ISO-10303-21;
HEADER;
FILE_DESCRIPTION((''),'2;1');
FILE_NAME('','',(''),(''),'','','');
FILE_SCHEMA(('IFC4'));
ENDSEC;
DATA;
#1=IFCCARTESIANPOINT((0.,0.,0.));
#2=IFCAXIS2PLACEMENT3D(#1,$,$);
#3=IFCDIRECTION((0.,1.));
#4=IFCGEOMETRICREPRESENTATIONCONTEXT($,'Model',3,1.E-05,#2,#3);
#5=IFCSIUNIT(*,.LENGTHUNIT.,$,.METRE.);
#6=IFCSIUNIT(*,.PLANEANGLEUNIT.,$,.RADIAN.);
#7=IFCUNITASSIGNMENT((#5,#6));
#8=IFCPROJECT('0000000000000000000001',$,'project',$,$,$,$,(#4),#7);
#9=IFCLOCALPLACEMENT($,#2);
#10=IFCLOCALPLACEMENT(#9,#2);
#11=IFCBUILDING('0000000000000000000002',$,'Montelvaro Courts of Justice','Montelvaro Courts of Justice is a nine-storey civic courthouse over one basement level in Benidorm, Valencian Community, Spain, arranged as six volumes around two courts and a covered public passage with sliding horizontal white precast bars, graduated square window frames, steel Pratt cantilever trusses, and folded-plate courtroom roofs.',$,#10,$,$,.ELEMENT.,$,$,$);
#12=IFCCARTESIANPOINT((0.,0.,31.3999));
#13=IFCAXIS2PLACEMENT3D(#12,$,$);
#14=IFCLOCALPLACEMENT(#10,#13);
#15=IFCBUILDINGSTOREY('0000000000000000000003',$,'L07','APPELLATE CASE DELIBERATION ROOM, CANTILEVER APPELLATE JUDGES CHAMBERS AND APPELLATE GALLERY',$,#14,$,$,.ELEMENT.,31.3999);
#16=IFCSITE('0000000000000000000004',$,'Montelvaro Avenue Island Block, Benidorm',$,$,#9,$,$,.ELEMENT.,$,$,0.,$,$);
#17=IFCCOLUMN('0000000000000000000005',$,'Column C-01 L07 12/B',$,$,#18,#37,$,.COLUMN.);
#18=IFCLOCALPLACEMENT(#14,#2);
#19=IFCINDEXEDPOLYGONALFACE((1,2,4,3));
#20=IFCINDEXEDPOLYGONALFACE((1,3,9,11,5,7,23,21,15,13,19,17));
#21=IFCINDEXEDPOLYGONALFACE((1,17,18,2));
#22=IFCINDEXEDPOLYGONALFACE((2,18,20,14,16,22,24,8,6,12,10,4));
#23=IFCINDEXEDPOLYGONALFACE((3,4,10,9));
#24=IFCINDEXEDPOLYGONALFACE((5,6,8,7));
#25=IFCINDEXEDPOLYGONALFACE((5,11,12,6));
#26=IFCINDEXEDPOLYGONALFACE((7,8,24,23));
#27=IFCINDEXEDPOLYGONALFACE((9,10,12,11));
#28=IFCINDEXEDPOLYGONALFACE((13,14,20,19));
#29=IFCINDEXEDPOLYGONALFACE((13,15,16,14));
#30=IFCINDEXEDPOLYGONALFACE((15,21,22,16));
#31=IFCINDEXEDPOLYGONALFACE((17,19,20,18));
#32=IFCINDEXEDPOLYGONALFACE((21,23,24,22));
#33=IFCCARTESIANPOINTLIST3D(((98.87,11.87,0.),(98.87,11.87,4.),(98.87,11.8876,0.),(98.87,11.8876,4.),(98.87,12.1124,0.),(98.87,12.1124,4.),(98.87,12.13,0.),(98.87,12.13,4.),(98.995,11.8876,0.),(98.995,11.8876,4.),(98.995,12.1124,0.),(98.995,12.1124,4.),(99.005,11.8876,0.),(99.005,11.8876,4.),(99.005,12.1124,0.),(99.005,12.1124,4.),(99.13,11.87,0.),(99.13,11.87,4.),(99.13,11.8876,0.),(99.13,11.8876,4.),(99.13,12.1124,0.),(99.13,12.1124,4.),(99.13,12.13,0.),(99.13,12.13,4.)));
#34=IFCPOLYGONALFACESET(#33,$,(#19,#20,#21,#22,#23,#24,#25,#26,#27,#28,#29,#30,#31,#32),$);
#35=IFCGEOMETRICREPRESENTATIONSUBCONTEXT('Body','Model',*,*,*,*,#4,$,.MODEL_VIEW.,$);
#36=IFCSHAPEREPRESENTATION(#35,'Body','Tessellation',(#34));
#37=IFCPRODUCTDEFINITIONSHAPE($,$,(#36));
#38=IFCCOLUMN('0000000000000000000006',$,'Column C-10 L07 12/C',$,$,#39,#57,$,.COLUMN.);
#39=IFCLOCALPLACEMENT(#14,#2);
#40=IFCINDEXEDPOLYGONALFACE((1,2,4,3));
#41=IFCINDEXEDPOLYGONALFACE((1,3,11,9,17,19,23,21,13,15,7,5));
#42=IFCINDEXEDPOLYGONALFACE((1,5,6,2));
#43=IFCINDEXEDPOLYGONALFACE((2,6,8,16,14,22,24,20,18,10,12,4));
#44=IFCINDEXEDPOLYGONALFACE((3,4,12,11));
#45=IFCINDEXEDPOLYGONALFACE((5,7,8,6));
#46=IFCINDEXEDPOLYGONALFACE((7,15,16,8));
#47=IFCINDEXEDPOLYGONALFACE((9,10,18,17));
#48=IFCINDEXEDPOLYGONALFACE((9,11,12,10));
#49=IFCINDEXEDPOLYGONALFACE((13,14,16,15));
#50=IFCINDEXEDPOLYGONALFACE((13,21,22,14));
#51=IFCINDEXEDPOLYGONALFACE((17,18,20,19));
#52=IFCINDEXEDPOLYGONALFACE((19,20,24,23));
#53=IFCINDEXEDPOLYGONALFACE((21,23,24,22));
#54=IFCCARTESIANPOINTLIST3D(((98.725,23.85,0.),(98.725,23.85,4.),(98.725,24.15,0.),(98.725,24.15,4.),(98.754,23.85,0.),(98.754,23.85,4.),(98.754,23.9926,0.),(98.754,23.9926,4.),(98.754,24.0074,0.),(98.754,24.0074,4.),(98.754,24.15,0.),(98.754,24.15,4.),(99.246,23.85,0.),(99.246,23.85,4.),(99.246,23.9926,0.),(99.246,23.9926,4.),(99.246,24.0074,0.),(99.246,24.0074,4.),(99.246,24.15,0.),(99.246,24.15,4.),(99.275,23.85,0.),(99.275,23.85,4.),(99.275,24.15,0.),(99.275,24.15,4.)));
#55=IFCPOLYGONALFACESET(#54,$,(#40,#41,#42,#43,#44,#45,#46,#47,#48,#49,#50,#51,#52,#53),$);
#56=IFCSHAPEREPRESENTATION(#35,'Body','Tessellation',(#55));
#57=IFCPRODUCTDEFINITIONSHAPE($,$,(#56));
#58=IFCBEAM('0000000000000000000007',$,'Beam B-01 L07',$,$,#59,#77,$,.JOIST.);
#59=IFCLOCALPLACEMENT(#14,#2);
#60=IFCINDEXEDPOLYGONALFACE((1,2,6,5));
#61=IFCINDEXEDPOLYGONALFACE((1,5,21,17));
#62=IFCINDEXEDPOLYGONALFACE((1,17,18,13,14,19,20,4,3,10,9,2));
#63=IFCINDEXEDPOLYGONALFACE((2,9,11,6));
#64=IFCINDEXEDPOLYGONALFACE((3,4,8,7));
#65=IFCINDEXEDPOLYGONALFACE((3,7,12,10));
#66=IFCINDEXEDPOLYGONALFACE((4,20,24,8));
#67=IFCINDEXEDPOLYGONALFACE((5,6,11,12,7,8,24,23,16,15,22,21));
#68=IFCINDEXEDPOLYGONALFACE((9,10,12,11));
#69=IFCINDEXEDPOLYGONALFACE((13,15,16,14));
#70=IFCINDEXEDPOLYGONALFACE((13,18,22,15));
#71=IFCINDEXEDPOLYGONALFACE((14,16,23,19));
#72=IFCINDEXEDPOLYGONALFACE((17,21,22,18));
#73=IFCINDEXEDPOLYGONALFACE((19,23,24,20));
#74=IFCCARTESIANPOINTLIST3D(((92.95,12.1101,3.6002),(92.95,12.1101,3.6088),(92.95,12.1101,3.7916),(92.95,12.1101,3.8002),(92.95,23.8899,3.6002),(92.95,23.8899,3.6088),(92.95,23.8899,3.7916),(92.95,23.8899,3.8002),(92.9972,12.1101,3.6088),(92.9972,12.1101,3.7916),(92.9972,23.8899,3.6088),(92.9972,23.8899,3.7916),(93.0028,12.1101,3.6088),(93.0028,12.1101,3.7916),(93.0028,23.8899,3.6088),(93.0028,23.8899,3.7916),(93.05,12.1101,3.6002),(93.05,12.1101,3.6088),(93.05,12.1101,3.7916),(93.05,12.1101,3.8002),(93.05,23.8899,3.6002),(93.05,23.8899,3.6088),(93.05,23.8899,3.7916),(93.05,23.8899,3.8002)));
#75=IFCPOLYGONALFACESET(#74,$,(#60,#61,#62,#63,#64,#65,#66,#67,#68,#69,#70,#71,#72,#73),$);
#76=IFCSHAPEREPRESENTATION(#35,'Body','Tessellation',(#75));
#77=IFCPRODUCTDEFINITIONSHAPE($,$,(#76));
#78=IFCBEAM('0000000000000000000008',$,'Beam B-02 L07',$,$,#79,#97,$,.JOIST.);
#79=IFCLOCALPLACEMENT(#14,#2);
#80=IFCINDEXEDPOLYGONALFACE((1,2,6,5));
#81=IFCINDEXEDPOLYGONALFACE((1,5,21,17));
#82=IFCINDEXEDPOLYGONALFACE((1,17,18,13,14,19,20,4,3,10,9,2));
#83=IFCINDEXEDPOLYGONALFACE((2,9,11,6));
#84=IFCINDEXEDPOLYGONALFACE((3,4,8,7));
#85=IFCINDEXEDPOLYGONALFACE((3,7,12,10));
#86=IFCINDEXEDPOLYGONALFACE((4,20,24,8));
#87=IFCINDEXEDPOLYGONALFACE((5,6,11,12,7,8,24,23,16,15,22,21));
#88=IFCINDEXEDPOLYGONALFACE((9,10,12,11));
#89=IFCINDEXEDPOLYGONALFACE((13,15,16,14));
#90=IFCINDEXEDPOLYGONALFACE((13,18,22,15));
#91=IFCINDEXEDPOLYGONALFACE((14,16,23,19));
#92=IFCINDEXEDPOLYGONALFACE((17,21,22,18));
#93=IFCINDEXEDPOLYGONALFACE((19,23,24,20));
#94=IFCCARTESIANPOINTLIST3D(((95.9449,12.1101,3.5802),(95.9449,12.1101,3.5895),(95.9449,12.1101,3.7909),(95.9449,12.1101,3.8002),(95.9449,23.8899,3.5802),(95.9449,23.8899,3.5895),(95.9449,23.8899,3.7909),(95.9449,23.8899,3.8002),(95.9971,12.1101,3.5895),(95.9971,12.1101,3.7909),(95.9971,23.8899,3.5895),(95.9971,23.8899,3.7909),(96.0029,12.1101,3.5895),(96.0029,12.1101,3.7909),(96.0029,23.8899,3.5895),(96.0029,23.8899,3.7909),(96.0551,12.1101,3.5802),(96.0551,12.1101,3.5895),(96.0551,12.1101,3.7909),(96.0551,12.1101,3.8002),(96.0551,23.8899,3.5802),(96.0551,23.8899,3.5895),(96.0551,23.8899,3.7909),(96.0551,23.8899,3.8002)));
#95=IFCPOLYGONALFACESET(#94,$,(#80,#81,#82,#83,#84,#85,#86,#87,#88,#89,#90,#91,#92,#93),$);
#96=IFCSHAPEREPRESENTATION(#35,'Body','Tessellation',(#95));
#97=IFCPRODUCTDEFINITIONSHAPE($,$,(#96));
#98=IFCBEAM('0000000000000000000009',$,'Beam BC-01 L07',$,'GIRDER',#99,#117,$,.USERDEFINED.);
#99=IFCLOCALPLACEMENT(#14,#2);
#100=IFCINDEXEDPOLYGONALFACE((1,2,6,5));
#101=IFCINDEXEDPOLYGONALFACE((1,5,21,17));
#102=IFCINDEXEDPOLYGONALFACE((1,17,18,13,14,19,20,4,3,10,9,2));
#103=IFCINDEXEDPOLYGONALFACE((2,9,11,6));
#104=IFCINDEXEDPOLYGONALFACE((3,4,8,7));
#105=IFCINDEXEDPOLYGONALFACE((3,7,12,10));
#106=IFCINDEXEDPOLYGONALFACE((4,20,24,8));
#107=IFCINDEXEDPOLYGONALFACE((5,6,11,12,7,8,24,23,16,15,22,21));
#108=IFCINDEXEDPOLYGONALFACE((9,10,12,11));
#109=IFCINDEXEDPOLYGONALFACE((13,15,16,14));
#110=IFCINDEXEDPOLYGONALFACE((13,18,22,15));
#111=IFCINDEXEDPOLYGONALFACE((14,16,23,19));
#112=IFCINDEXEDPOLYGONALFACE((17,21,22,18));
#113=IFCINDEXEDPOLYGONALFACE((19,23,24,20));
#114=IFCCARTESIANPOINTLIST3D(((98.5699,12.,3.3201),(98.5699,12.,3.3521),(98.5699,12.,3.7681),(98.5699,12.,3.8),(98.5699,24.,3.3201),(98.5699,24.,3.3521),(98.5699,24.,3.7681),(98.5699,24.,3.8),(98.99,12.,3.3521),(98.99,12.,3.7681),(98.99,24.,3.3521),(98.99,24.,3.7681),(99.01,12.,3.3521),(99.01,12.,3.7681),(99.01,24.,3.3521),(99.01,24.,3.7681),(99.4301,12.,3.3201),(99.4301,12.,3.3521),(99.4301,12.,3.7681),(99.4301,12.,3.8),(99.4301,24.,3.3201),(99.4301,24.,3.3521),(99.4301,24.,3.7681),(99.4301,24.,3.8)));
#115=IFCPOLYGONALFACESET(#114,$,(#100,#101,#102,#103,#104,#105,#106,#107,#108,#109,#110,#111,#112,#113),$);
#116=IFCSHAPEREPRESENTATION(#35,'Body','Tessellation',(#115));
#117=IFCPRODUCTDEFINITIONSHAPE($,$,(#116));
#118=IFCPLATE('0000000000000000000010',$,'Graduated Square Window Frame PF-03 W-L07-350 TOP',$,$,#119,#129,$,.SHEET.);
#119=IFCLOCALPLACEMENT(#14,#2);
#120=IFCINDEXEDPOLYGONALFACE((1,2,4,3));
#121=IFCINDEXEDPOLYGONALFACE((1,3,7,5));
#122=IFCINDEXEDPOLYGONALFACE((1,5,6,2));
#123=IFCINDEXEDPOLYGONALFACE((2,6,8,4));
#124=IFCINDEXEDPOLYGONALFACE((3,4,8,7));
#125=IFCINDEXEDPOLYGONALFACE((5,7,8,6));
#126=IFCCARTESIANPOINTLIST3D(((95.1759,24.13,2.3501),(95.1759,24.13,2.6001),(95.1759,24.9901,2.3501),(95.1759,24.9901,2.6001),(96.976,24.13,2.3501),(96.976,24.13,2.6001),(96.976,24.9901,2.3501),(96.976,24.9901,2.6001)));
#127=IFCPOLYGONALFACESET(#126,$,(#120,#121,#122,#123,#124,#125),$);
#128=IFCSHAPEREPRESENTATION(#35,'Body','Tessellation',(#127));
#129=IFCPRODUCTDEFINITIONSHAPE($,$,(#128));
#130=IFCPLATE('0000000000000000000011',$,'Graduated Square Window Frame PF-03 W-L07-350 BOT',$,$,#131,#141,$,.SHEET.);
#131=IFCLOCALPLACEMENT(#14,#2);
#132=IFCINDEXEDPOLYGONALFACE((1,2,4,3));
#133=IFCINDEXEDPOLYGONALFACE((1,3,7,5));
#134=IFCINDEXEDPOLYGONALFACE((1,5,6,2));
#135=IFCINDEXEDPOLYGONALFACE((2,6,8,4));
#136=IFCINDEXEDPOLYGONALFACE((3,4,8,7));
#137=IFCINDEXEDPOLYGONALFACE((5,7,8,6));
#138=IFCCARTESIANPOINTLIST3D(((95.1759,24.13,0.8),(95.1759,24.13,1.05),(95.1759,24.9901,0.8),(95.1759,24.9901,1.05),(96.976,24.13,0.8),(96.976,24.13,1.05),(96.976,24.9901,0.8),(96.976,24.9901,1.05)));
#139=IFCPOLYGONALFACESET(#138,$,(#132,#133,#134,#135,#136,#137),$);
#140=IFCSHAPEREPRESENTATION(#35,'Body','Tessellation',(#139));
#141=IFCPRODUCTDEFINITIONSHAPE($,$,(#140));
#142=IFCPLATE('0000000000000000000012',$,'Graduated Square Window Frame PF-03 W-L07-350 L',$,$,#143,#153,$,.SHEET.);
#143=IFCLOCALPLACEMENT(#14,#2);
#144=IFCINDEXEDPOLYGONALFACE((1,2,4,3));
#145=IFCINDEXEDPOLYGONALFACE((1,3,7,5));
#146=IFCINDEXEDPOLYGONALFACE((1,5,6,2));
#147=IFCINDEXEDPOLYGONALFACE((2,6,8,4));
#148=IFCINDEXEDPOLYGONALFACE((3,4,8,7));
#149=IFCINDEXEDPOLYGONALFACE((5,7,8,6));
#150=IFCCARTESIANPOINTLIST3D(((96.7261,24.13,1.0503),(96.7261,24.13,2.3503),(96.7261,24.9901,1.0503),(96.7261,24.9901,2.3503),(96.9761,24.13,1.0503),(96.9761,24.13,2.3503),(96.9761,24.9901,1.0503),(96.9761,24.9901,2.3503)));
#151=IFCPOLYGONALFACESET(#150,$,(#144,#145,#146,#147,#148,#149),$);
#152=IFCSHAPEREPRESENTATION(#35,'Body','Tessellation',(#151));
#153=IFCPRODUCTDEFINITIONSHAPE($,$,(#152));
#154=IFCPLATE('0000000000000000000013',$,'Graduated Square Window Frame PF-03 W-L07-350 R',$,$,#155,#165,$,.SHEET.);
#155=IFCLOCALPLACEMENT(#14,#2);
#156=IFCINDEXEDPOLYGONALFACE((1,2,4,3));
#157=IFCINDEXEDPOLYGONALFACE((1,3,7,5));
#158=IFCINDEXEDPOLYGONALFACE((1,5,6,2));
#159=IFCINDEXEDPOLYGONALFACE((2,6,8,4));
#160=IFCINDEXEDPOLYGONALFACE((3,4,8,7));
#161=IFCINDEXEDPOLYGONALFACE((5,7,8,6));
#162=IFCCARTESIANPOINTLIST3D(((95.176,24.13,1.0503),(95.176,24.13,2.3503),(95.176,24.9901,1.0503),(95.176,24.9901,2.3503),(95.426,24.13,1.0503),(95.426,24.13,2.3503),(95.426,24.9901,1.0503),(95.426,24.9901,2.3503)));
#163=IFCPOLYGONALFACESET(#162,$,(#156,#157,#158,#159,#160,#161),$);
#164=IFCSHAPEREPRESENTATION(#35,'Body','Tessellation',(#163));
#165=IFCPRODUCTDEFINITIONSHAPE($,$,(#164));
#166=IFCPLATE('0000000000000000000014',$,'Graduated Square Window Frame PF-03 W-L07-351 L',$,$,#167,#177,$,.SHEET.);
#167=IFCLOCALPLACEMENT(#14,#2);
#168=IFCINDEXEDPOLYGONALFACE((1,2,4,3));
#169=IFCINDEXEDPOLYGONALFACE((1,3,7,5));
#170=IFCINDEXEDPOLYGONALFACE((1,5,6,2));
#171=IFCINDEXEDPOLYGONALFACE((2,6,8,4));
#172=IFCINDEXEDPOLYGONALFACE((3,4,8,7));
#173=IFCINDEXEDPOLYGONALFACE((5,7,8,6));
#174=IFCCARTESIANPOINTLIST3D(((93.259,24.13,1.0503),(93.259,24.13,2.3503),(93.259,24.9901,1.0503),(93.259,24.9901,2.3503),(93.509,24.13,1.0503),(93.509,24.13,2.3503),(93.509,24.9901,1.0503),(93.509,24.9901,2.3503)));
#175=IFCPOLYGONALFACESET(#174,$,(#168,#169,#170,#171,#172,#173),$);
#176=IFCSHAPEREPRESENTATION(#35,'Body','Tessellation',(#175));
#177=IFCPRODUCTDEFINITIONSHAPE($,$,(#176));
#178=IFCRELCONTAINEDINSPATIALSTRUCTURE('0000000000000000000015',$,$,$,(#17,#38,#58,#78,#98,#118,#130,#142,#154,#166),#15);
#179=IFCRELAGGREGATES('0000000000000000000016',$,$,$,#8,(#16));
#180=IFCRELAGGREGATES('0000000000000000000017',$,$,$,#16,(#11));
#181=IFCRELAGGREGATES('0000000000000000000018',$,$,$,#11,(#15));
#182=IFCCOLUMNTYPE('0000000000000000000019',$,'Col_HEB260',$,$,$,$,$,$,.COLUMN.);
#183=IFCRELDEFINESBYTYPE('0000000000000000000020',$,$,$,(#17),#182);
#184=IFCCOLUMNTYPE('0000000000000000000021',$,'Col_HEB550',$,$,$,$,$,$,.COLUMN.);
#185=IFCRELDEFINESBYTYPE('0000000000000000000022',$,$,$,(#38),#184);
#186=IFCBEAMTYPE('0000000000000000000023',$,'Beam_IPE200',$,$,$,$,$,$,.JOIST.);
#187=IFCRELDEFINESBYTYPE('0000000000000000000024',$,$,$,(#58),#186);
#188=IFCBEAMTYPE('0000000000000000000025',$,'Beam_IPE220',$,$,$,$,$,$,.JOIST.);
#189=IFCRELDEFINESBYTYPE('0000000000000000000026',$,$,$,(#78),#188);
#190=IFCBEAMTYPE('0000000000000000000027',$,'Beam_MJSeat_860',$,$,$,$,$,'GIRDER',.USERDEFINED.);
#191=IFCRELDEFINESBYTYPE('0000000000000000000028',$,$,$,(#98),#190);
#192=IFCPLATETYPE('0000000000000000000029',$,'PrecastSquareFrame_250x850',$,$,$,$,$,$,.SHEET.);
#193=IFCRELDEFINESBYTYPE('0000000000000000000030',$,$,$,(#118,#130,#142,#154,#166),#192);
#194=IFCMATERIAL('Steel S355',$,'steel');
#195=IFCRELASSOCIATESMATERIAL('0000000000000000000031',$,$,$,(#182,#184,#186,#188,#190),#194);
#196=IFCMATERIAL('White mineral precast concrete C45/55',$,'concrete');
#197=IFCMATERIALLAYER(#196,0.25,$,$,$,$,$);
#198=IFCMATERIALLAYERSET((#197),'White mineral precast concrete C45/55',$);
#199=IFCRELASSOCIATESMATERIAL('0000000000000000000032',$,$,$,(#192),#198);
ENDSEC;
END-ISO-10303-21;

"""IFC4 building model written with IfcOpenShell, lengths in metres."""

from ifc_helpers import new_model, si_unit, direction, frame, origin, origin_2d, place, context, subcontext, project, spatial, rectangle, i_section, extrude, material, layer, layer_set, material_profile, profile_set, type_object, element, save


model = new_model("IFC4")

# Units and contexts
model_context = context("Model", 3, precision=1e-05, world=origin(), true_north=direction((0.0, 1.0)))
body_context = subcontext(model_context, "Body", "Model", "MODEL_VIEW")
ifc_project = project(units=[si_unit("LENGTHUNIT", "METRE"), si_unit("PLANEANGLEUNIT", "RADIAN")], contexts=[model_context])

# Site, building, storey
site_placement = place(None, origin())
site = spatial("IfcSite", under=ifc_project, at=site_placement, Name="Montelvaro Avenue Island Block, Benidorm", CompositionType="ELEMENT", RefElevation=0.0)
building_placement = place(site_placement, origin())
building = spatial("IfcBuilding", under=site, at=building_placement, Name="Montelvaro Courts of Justice", Description="Montelvaro Courts of Justice is a nine-storey civic courthouse over one basement level in Benidorm, Valencian Community, Spain, arranged as six volumes around two courts and a covered public passage with sliding horizontal white precast bars, graduated square window frames, steel Pratt cantilever trusses, and folded-plate courtroom roofs.", CompositionType="ELEMENT")
storey_placement = place(building_placement, frame((0.0, 0.0, 31.3999)))
storey = spatial("IfcBuildingStorey", under=building, at=storey_placement, Name="L07", Description="APPELLATE CASE DELIBERATION ROOM, CANTILEVER APPELLATE JUDGES CHAMBERS AND APPELLATE GALLERY", CompositionType="ELEMENT", Elevation=31.3999)

# Columns
ifc_material_1 = material(Name="Steel S355", Category="steel")
ifc_material_profile_1 = material_profile(ifc_material_1, i_section(OverallWidth=0.26, OverallDepth=0.26, WebThickness=0.01, FlangeThickness=0.0176, at=origin_2d()), Name="HEB 260")
ifc_profile_set_1 = profile_set([ifc_material_profile_1], Name="Steel S355")
column_type_1 = type_object("IfcColumnType", Name="Col_HEB260", PredefinedType="COLUMN", material=ifc_profile_set_1)
column_1_placement = place(storey_placement, frame((99.0, 12.0, 0.0), z_axis=(0.0, 0.0, 1.0), x_axis=(1.0, 0.0, 0.0)))
element("IfcColumn", 1, at=column_1_placement, inside=storey, type_object=column_type_1, Name="Column C-01 L07 12/B", PredefinedType="COLUMN", context=body_context, shape_type="SweptSolid", body=[
    extrude(i_section(OverallWidth=0.26, OverallDepth=0.26, WebThickness=0.01, FlangeThickness=0.0176, at=origin_2d()), origin(), (0.0, 0.0, 1.0), 4.0),
])
ifc_material_profile_2 = material_profile(ifc_material_1, i_section(OverallWidth=0.3, OverallDepth=0.55, WebThickness=0.0149, FlangeThickness=0.0291, at=origin_2d()), Name="HEB 550")
ifc_profile_set_2 = profile_set([ifc_material_profile_2], Name="Steel S355")
column_type_2 = type_object("IfcColumnType", Name="Col_HEB550", PredefinedType="COLUMN", material=ifc_profile_set_2)
column_2_placement = place(storey_placement, frame((99.0, 24.0, 0.0), z_axis=(0.0, 0.0, 1.0), x_axis=(0.0, 1.0, 0.0)))
element("IfcColumn", 2, at=column_2_placement, inside=storey, type_object=column_type_2, Name="Column C-10 L07 12/C", PredefinedType="COLUMN", context=body_context, shape_type="SweptSolid", body=[
    extrude(i_section(OverallWidth=0.3, OverallDepth=0.55, WebThickness=0.0149, FlangeThickness=0.0291, at=origin_2d()), origin(), (0.0, 0.0, 1.0), 4.0),
])

# Beams
ifc_material_profile_3 = material_profile(ifc_material_1, i_section(OverallWidth=0.1001, OverallDepth=0.2, WebThickness=0.0056, FlangeThickness=0.0085, at=origin_2d()), Name="IPE 200")
ifc_profile_set_3 = profile_set([ifc_material_profile_3], Name="Steel S355")
beam_type_1 = type_object("IfcBeamType", Name="Beam_IPE200", PredefinedType="JOIST", material=ifc_profile_set_3)
beam_1_placement = place(storey_placement, frame((93.0, 12.1101, 3.7002), z_axis=(0.0, 1.0, 0.0), x_axis=(-1.0, 0.0, 0.0)))
element("IfcBeam", 3, at=beam_1_placement, inside=storey, type_object=beam_type_1, Name="Beam B-01 L07", PredefinedType="JOIST", context=body_context, shape_type="SweptSolid", body=[
    extrude(i_section(OverallWidth=0.1001, OverallDepth=0.2, WebThickness=0.0056, FlangeThickness=0.0085, at=origin_2d()), origin(), (0.0, 0.0, 1.0), 11.7798),
])
ifc_material_profile_4 = material_profile(ifc_material_1, i_section(OverallWidth=0.1101, OverallDepth=0.22, WebThickness=0.0059, FlangeThickness=0.0093, at=origin_2d()), Name="IPE 220")
ifc_profile_set_4 = profile_set([ifc_material_profile_4], Name="Steel S355")
beam_type_2 = type_object("IfcBeamType", Name="Beam_IPE220", PredefinedType="JOIST", material=ifc_profile_set_4)
beam_2_placement = place(storey_placement, frame((96.0, 12.1101, 3.6902), z_axis=(0.0, 1.0, 0.0), x_axis=(-1.0, 0.0, 0.0)))
element("IfcBeam", 4, at=beam_2_placement, inside=storey, type_object=beam_type_2, Name="Beam B-02 L07", PredefinedType="JOIST", context=body_context, shape_type="SweptSolid", body=[
    extrude(i_section(OverallWidth=0.1101, OverallDepth=0.22, WebThickness=0.0059, FlangeThickness=0.0093, at=origin_2d()), origin(), (0.0, 0.0, 1.0), 11.7798),
])
ifc_material_profile_5 = material_profile(ifc_material_1, i_section(OverallWidth=0.8601, OverallDepth=0.48, WebThickness=0.02, FlangeThickness=0.032, at=origin_2d()), Name="HL 480x860")
ifc_profile_set_5 = profile_set([ifc_material_profile_5], Name="Steel S355")
beam_type_3 = type_object("IfcBeamType", Name="Beam_MJSeat_860", ElementType="GIRDER", PredefinedType="USERDEFINED", material=ifc_profile_set_5)
beam_3_placement = place(storey_placement, frame((99.0, 12.0, 3.5601), z_axis=(0.0, 1.0, 0.0), x_axis=(-1.0, 0.0, 0.0)))
element("IfcBeam", 5, at=beam_3_placement, inside=storey, type_object=beam_type_3, Name="Beam BC-01 L07", ObjectType="GIRDER", PredefinedType="USERDEFINED", context=body_context, shape_type="SweptSolid", body=[
    extrude(i_section(OverallWidth=0.8601, OverallDepth=0.48, WebThickness=0.02, FlangeThickness=0.032, at=origin_2d()), origin(), (0.0, 0.0, 1.0), 12.0),
])

# Plates
ifc_material_2 = material(Name="White mineral precast concrete C45/55", Category="concrete")
ifc_layer_1 = layer(ifc_material_2, 0.25)
ifc_layer_set_1 = layer_set([ifc_layer_1], Name="White mineral precast concrete C45/55")
plate_type = type_object("IfcPlateType", Name="PrecastSquareFrame_250x850", PredefinedType="SHEET", material=ifc_layer_set_1)
for number, where, z_axis, x_axis, name in (
    (6, (96.0759, 24.5601, 2.3501), (0.0, 0.0, 1.0), (-1.0, 0.0, 0.0), "Graduated Square Window Frame PF-03 W-L07-350 TOP"),
    (7, (96.0759, 24.5601, 0.8), (0.0, 0.0, 1.0), (-1.0, 0.0, 0.0), "Graduated Square Window Frame PF-03 W-L07-350 BOT"),
):
    element("IfcPlate", number, at=place(storey_placement, frame(where, z_axis=z_axis, x_axis=x_axis)), inside=storey, type_object=plate_type, Name=name, PredefinedType="SHEET", context=body_context, shape_type="SweptSolid", body=[
        extrude(rectangle(XDim=1.8, YDim=0.8601, at=origin_2d()), origin(), (0.0, 0.0, 1.0), 0.25),
    ])
for number, where, z_axis, x_axis, name in (
    (8, (96.8511, 24.5601, 1.0503), (0.0, 0.0, 1.0), (-1.0, 0.0, 0.0), "Graduated Square Window Frame PF-03 W-L07-350 L"),
    (9, (95.301, 24.5601, 1.0503), (0.0, 0.0, 1.0), (-1.0, 0.0, 0.0), "Graduated Square Window Frame PF-03 W-L07-350 R"),
    (10, (93.384, 24.5601, 1.0503), (0.0, 0.0, 1.0), (-1.0, 0.0, 0.0), "Graduated Square Window Frame PF-03 W-L07-351 L"),
):
    element("IfcPlate", number, at=place(storey_placement, frame(where, z_axis=z_axis, x_axis=x_axis)), inside=storey, type_object=plate_type, Name=name, PredefinedType="SHEET", context=body_context, shape_type="SweptSolid", body=[
        extrude(rectangle(XDim=0.25, YDim=0.8601, at=origin_2d()), origin(), (0.0, 0.0, 1.0), 1.3),
    ])

save(model, "model.ifc")
